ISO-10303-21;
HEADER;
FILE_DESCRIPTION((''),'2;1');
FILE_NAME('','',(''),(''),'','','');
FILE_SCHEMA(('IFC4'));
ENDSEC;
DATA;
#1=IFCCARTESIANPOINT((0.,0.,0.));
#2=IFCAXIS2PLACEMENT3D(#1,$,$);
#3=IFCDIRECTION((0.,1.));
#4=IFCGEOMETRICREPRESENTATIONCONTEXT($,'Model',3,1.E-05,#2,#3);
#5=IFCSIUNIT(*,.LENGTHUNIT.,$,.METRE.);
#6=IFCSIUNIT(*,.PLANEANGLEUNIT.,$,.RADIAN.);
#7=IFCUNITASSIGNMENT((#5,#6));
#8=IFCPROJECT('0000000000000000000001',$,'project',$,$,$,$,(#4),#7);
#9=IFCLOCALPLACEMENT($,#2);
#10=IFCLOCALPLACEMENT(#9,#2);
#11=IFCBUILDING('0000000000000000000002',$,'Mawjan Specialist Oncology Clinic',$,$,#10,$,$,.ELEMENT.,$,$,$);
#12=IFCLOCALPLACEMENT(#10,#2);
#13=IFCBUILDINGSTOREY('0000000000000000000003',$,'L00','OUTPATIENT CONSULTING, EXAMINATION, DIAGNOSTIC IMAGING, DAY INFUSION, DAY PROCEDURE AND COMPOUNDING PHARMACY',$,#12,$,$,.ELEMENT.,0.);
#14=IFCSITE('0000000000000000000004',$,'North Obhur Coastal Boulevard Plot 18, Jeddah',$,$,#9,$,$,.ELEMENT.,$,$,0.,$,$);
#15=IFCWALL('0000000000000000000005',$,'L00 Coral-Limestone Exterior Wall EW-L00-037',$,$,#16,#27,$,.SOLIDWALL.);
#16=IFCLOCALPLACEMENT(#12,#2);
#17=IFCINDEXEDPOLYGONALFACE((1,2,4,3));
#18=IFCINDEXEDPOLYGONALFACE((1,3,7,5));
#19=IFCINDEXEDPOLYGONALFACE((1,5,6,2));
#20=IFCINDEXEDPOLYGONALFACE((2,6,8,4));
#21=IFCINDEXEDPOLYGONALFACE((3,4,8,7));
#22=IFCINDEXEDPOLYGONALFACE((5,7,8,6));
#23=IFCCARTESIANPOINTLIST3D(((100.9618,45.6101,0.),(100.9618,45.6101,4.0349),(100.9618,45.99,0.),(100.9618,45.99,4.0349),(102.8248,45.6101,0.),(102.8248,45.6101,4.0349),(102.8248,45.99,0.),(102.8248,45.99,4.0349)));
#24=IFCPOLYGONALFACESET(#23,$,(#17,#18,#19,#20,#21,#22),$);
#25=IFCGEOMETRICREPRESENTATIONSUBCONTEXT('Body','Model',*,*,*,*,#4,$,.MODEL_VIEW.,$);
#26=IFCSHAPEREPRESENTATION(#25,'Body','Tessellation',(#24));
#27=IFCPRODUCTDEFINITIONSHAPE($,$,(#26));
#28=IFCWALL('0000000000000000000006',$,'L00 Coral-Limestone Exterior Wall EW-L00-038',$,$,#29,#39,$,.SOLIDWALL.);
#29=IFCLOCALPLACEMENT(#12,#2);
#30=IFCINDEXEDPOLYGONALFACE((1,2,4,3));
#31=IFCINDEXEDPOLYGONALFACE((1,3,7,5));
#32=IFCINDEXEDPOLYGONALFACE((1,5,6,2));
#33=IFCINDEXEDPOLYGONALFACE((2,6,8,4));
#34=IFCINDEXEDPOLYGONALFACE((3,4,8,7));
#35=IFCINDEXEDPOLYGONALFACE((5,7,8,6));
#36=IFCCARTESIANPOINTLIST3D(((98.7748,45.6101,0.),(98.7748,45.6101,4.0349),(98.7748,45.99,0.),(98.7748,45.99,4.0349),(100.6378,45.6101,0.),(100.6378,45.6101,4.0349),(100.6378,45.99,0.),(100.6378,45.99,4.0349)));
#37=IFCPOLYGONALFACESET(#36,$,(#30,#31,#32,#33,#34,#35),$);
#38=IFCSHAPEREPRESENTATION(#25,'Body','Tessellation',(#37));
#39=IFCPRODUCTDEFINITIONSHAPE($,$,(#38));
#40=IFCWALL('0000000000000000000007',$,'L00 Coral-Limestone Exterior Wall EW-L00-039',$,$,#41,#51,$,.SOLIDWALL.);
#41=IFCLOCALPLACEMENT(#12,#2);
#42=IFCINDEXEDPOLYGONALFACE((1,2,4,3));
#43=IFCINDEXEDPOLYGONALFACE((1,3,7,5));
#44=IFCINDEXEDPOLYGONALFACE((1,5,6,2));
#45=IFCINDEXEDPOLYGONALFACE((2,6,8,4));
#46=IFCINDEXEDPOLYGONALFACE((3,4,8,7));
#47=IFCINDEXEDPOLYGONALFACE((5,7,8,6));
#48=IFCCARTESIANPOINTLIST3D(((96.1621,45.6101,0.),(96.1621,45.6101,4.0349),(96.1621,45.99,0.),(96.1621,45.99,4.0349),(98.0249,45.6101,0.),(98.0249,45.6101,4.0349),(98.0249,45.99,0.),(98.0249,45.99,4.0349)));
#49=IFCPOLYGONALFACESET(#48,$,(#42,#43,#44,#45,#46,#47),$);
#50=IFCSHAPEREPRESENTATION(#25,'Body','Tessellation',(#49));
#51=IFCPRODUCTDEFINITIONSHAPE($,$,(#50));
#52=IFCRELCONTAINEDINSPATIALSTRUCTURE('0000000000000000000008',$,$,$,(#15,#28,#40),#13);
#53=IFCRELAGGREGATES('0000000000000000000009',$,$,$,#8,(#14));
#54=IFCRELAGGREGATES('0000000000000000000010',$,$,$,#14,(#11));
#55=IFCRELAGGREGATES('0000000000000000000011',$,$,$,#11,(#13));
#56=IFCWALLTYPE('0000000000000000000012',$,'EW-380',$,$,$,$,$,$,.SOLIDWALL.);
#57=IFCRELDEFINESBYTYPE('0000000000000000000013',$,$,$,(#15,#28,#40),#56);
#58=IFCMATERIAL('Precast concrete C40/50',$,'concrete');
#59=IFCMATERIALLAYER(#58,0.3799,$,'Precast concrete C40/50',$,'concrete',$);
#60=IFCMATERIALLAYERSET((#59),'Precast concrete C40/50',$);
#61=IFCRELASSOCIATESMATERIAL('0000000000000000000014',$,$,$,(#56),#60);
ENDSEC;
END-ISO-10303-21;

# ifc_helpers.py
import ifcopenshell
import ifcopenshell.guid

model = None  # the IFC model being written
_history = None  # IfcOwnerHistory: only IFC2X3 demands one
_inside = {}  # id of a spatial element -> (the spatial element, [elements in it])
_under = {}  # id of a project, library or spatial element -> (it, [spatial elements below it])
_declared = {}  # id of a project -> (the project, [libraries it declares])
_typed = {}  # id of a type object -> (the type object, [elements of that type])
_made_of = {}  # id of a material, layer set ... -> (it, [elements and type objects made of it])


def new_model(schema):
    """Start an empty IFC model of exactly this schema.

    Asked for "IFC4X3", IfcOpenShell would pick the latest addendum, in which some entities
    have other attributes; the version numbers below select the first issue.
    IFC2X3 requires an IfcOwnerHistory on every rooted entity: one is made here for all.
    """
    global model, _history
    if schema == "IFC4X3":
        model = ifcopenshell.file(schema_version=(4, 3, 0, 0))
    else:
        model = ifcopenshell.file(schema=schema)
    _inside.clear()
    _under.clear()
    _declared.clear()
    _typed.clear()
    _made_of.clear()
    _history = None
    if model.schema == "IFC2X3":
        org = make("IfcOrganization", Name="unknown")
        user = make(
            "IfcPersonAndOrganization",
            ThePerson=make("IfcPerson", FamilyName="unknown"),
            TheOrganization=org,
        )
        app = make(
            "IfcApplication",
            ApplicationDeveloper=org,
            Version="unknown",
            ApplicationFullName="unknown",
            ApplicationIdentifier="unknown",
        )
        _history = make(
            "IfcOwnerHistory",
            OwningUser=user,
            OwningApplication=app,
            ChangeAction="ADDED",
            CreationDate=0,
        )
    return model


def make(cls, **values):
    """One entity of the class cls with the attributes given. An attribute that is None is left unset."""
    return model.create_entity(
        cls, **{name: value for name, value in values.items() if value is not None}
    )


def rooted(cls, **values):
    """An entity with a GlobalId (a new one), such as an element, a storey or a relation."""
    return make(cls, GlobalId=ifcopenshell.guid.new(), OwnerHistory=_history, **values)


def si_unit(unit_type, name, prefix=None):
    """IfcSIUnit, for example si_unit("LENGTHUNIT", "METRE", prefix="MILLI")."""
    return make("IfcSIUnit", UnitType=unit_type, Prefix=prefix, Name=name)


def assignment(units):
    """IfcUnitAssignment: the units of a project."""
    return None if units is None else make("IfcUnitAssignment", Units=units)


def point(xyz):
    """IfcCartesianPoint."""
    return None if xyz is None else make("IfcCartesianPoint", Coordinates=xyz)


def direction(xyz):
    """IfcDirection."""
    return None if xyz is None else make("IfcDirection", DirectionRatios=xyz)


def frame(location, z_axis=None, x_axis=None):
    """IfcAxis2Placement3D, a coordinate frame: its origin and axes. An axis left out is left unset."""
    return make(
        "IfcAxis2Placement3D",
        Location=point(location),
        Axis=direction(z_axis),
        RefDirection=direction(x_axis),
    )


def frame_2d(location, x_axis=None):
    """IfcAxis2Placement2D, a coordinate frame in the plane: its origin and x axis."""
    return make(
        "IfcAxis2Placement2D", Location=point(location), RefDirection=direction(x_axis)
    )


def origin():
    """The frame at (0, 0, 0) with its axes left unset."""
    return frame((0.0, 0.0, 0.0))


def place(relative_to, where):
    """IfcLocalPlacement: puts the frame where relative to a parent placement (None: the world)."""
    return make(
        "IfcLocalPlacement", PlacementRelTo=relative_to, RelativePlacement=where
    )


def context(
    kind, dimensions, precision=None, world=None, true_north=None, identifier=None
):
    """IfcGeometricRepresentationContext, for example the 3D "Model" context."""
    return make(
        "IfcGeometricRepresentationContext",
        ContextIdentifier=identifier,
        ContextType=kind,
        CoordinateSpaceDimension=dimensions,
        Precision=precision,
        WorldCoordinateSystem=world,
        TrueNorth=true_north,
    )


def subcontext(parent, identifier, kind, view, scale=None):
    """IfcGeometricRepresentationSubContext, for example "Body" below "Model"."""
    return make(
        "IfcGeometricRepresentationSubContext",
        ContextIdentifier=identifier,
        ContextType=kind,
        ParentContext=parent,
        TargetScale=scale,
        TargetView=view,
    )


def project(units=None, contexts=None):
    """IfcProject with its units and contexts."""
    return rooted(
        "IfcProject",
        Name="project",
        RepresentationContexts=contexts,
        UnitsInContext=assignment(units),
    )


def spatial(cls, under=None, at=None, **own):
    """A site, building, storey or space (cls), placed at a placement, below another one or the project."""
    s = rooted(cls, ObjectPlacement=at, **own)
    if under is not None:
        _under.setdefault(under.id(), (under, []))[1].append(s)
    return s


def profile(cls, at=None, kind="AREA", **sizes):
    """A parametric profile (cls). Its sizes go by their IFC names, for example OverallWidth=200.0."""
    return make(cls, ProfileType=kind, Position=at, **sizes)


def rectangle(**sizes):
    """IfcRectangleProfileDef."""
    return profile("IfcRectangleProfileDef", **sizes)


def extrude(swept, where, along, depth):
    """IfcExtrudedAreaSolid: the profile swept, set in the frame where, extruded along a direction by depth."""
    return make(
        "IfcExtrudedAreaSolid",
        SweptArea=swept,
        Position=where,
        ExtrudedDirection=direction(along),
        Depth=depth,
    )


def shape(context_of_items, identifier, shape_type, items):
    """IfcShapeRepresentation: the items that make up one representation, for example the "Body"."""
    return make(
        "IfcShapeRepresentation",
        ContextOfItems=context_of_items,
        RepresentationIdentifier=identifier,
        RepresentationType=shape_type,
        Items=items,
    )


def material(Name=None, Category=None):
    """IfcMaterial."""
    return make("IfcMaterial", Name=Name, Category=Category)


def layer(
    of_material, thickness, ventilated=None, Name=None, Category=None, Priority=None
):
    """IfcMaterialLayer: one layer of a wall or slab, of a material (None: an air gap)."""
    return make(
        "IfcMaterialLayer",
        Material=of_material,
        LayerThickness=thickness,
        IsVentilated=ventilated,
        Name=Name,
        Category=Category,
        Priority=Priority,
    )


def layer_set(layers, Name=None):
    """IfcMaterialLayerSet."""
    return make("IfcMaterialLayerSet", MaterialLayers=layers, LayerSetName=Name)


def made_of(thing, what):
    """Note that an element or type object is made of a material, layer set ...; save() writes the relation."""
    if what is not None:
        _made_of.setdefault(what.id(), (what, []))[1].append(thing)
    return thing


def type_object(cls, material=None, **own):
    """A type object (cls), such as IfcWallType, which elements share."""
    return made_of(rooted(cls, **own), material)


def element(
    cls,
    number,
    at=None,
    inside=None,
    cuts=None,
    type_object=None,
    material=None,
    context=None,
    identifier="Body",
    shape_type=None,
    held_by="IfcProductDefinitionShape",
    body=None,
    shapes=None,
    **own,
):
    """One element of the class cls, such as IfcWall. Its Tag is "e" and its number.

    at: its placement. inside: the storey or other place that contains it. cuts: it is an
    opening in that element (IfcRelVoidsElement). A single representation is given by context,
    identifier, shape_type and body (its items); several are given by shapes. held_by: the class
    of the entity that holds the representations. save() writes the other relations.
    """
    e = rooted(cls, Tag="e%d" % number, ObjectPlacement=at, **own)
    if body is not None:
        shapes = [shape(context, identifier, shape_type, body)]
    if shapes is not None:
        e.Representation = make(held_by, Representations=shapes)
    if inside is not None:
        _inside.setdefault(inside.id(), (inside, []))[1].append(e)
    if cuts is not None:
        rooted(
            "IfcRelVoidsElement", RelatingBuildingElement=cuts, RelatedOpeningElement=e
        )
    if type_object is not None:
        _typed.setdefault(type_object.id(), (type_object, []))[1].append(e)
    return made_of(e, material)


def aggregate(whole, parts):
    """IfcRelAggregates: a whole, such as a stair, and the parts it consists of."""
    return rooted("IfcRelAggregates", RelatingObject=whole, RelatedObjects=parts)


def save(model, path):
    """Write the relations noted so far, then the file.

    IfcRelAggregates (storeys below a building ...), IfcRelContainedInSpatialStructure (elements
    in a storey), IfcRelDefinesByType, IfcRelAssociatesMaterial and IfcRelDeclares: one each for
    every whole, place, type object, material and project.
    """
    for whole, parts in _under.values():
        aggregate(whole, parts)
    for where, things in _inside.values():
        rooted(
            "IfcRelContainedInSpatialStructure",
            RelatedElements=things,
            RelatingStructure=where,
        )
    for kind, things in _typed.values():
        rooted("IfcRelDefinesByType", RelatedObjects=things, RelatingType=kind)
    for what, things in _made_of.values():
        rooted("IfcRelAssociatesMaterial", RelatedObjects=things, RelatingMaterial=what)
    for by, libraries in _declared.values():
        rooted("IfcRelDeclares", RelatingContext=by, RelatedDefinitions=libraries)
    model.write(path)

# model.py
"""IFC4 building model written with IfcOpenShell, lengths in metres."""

from ifc_helpers import new_model, si_unit, direction, frame, frame_2d, origin, place, context, subcontext, project, spatial, rectangle, extrude, material, layer, layer_set, type_object, element, save


model = new_model("IFC4")

# Units and contexts
model_context = context("Model", 3, precision=1e-05, world=origin(), true_north=direction((0.0, 1.0)))
body_context = subcontext(model_context, "Body", "Model", "MODEL_VIEW")
ifc_project = project(units=[si_unit("LENGTHUNIT", "METRE"), si_unit("PLANEANGLEUNIT", "RADIAN")], contexts=[model_context])

# Site, building, storey
site_placement = place(None, origin())
site = spatial("IfcSite", under=ifc_project, at=site_placement, Name="North Obhur Coastal Boulevard Plot 18, Jeddah", CompositionType="ELEMENT", RefElevation=0.0)
building_placement = place(site_placement, origin())
building = spatial("IfcBuilding", under=site, at=building_placement, Name="Mawjan Specialist Oncology Clinic", CompositionType="ELEMENT")
storey_placement = place(building_placement, origin())
storey = spatial("IfcBuildingStorey", under=building, at=storey_placement, Name="L00", Description="OUTPATIENT CONSULTING, EXAMINATION, DIAGNOSTIC IMAGING, DAY INFUSION, DAY PROCEDURE AND COMPOUNDING PHARMACY", CompositionType="ELEMENT", Elevation=0.0)

# Walls
ifc_material_1 = material(Name="Precast concrete C40/50", Category="concrete")
ifc_layer = layer(ifc_material_1, 0.3799, Name="Precast concrete C40/50", Category="concrete")
ifc_layer_set = layer_set([ifc_layer], Name="Precast concrete C40/50")
wall_type = type_object("IfcWallType", Name="EW-380", PredefinedType="SOLIDWALL", material=ifc_layer_set)
for number, where, z_axis, x_axis, name in (
    (1, (102.825, 45.8, 0.0), (0.0, 0.0, 1.0), (-1.0, 0.0, 0.0), "L00 Coral-Limestone Exterior Wall EW-L00-037"),
    (2, (100.6379, 45.8, 0.0), (0.0, 0.0, 1.0), (-1.0, 0.0, 0.0), "L00 Coral-Limestone Exterior Wall EW-L00-038"),
):
    element("IfcWall", number, at=place(storey_placement, frame(where, z_axis=z_axis, x_axis=x_axis)), inside=storey, type_object=wall_type, Name=name, PredefinedType="SOLIDWALL", context=body_context, shape_type="SweptSolid", body=[
        extrude(rectangle(XDim=1.863, YDim=0.3799, at=frame_2d((0.9316, 0.0))), origin(), (0.0, 0.0, 1.0), 4.0349),
    ])
wall_placement = place(storey_placement, frame((98.0249, 45.8, 0.0), z_axis=(0.0, 0.0, 1.0), x_axis=(-1.0, 0.0, 0.0)))
element("IfcWall", 3, at=wall_placement, inside=storey, type_object=wall_type, Name="L00 Coral-Limestone Exterior Wall EW-L00-039", PredefinedType="SOLIDWALL", context=body_context, shape_type="SweptSolid", body=[
    extrude(rectangle(XDim=1.8628, YDim=0.3799, at=frame_2d((0.9314, 0.0))), origin(), (0.0, 0.0, 1.0), 4.0349),
])

save(model, "model.ifc")
